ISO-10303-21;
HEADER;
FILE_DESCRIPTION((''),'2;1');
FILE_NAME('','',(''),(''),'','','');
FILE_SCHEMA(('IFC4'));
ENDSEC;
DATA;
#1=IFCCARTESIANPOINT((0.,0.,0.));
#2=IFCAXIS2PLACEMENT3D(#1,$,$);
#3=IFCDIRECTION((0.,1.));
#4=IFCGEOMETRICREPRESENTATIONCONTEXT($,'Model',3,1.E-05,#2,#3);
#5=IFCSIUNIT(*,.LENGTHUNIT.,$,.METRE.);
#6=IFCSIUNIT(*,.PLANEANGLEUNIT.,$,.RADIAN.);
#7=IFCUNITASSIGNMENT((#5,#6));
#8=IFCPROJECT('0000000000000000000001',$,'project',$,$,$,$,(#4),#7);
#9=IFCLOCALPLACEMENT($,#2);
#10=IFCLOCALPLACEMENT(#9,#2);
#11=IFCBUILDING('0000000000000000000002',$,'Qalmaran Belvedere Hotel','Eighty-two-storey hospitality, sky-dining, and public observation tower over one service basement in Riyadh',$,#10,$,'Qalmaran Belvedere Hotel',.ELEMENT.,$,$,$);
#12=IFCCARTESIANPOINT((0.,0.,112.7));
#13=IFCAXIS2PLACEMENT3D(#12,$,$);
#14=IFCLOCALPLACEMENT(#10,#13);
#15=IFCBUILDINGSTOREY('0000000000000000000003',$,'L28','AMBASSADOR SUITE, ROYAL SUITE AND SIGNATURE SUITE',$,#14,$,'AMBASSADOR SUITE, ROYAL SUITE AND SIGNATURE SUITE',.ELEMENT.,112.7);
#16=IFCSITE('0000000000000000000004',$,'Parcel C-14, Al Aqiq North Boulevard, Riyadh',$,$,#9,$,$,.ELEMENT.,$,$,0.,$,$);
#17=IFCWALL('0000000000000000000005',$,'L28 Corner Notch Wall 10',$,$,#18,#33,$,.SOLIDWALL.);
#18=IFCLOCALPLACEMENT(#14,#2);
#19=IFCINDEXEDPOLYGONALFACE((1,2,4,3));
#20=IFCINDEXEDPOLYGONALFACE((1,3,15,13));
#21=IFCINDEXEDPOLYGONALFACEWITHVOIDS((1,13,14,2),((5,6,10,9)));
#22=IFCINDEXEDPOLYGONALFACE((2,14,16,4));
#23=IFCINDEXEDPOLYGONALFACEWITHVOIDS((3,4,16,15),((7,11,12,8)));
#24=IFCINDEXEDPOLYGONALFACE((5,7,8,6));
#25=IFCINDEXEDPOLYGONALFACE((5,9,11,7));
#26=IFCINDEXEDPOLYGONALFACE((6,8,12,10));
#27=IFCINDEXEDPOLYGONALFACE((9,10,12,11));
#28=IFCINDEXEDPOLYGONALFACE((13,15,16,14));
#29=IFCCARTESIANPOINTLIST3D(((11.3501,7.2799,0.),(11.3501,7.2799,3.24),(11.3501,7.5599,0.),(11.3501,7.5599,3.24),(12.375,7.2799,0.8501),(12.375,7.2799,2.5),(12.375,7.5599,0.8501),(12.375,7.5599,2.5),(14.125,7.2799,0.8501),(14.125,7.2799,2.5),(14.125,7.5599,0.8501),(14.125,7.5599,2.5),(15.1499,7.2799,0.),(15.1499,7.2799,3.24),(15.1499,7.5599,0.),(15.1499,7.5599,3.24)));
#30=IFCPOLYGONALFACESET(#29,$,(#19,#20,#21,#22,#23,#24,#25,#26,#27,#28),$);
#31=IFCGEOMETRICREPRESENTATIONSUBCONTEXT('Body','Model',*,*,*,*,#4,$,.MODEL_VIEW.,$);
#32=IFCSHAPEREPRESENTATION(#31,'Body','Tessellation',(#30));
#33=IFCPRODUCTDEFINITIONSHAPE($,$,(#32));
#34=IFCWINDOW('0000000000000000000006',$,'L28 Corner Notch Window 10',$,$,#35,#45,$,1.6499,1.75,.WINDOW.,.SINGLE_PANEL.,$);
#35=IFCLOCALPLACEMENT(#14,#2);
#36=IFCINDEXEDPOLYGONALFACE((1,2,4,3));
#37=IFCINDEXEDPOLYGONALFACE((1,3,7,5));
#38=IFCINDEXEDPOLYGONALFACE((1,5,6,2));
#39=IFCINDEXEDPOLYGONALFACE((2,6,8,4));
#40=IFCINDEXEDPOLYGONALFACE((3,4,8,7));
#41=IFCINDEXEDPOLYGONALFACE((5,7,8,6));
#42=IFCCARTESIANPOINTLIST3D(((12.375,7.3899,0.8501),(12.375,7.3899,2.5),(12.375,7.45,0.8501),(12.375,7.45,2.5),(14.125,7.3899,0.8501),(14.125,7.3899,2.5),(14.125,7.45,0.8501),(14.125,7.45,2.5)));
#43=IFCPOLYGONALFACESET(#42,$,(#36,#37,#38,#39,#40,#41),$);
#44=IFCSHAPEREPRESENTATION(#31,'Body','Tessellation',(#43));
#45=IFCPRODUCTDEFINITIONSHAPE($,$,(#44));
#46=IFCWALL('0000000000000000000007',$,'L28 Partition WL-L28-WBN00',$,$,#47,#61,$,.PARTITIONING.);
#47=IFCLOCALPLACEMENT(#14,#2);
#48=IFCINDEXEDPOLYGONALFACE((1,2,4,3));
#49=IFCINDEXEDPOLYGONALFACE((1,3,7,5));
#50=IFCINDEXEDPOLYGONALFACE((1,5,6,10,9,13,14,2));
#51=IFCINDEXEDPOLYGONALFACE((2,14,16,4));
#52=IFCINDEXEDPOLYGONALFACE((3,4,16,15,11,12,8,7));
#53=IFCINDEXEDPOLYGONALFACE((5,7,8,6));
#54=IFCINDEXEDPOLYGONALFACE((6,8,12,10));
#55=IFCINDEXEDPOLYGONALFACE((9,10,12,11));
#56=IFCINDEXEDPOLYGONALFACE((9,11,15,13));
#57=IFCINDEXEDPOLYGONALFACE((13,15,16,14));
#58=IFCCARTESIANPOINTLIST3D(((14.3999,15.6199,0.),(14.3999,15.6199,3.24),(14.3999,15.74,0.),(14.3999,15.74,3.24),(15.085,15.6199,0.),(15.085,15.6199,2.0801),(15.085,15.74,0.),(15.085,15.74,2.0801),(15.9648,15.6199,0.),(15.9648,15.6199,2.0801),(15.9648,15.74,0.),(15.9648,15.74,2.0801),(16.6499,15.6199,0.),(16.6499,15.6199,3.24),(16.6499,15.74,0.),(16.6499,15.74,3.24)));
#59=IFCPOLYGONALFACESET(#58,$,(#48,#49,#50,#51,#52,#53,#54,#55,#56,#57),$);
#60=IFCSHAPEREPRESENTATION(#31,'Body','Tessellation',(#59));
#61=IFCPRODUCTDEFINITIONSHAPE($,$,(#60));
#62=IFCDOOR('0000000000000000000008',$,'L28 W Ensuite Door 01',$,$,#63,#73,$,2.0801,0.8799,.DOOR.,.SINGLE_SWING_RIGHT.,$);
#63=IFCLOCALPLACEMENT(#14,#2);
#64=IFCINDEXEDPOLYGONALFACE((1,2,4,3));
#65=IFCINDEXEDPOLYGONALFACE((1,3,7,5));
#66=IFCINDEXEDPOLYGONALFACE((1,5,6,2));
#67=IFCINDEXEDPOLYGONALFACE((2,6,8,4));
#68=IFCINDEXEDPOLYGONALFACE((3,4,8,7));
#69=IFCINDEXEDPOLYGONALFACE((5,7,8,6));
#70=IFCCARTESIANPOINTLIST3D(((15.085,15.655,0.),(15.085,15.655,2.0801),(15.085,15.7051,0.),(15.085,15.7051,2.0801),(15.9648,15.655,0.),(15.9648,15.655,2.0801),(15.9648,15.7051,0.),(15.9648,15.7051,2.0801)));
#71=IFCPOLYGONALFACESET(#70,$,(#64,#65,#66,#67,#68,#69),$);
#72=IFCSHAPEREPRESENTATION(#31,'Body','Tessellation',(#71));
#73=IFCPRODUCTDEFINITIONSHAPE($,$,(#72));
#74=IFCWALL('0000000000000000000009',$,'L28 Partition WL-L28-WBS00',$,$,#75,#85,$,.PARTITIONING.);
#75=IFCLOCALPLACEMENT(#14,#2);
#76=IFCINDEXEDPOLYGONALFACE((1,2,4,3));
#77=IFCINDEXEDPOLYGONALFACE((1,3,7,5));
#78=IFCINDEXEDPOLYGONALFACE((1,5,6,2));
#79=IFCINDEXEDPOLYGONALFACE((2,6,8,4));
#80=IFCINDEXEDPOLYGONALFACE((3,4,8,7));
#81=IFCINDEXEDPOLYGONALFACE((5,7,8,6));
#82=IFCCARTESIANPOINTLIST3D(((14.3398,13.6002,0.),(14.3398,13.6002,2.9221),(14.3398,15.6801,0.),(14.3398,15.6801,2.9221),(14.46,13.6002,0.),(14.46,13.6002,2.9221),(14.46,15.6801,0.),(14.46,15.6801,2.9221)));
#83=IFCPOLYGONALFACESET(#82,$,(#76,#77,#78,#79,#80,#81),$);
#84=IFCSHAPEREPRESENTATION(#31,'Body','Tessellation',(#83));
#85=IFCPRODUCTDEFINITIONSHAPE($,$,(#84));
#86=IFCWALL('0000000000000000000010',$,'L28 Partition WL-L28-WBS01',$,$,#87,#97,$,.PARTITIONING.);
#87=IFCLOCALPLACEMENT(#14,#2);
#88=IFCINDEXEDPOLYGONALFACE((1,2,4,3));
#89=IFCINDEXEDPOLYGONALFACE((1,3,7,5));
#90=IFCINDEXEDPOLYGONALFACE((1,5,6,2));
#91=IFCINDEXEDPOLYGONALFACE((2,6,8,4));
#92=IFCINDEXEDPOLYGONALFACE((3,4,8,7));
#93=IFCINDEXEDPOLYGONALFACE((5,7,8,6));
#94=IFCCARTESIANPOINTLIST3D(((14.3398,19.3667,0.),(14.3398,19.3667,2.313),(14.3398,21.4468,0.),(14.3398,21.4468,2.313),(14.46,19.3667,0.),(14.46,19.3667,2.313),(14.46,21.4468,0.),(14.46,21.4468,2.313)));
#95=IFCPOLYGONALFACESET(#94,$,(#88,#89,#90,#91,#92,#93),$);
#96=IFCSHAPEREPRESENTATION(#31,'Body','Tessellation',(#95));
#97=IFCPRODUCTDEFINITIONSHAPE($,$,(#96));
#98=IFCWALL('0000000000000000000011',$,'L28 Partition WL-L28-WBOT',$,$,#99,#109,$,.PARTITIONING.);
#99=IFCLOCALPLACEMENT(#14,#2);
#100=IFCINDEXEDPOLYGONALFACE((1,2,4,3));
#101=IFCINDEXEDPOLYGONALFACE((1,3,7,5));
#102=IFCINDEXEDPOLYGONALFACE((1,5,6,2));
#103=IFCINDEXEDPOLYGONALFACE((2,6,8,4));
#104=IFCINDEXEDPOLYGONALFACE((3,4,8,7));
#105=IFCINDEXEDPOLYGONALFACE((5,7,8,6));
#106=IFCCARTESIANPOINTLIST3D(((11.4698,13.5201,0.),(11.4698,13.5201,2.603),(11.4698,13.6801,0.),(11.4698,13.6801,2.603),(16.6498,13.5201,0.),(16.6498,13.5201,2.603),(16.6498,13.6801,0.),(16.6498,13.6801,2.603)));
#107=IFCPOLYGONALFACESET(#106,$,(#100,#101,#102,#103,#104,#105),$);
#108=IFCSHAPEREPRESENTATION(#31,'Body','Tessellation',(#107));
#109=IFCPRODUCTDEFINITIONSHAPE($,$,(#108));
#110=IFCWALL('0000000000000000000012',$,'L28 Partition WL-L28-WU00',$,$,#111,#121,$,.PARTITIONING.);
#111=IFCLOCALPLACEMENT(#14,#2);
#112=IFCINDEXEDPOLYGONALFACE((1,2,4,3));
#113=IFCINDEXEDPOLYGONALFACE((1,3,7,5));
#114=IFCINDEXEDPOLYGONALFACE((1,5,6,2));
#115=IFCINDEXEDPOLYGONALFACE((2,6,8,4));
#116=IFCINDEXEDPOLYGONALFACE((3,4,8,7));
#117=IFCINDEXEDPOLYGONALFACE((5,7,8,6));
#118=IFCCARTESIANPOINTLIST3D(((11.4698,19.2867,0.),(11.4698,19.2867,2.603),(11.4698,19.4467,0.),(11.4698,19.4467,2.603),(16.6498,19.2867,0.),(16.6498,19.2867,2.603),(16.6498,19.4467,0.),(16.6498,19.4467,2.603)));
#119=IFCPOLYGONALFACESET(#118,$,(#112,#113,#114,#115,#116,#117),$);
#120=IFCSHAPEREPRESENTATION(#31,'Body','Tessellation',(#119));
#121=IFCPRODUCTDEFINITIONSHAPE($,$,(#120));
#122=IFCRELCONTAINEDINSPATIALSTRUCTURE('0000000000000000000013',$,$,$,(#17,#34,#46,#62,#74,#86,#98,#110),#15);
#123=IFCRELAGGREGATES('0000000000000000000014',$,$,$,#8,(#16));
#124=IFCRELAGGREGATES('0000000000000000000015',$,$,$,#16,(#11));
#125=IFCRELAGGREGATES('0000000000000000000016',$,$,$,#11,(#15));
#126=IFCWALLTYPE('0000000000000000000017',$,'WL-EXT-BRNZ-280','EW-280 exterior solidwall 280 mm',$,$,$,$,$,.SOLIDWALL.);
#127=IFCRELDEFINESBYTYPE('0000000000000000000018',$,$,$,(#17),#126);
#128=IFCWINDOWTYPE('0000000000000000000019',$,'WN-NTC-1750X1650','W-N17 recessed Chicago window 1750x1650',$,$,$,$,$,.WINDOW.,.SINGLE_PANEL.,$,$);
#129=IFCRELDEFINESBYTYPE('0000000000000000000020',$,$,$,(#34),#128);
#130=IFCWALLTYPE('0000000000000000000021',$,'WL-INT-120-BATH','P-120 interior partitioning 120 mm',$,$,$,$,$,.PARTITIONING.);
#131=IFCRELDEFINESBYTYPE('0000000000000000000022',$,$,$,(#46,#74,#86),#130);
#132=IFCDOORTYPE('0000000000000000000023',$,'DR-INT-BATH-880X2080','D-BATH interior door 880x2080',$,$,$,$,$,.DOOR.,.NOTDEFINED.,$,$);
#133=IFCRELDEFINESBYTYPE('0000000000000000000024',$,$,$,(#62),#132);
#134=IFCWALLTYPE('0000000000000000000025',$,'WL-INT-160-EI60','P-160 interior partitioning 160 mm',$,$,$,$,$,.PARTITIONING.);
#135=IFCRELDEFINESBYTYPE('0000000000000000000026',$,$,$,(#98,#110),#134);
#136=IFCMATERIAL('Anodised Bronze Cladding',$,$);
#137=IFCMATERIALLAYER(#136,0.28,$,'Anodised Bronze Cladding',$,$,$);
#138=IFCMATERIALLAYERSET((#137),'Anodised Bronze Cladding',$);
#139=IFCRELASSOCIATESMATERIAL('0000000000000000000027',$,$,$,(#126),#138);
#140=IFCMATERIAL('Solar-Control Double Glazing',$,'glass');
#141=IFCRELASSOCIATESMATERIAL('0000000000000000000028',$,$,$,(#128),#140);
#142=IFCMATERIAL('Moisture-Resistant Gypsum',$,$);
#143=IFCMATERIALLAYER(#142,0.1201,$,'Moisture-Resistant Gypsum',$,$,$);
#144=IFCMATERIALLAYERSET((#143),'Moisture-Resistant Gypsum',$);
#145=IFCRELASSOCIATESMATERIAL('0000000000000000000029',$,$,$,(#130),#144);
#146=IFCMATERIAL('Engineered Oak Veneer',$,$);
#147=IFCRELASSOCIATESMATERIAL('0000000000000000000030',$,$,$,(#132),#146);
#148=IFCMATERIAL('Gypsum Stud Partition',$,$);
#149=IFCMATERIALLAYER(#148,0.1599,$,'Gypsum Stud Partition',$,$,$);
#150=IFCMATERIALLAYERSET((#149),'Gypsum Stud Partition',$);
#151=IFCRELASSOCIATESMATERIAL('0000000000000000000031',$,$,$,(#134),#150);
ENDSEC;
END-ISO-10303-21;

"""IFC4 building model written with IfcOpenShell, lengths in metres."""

from ifc_helpers import new_model, si_unit, direction, frame, frame_2d, origin, place, context, subcontext, project, spatial, rectangle, extrude, material, layer, layer_set, type_object, element, fill, save


model = new_model("IFC4")

# Units and contexts
model_context = context("Model", 3, precision=1e-05, world=origin(), true_north=direction((0.0, 1.0)))
body_context = subcontext(model_context, "Body", "Model", "MODEL_VIEW")
ifc_project = project(units=[si_unit("LENGTHUNIT", "METRE"), si_unit("PLANEANGLEUNIT", "RADIAN")], contexts=[model_context])

# Site, building, storey
site_placement = place(None, origin())
site = spatial("IfcSite", under=ifc_project, at=site_placement, Name="Parcel C-14, Al Aqiq North Boulevard, Riyadh", CompositionType="ELEMENT", RefElevation=0.0)
building_placement = place(site_placement, origin())
building = spatial("IfcBuilding", under=site, at=building_placement, Name="Qalmaran Belvedere Hotel", Description="Eighty-two-storey hospitality, sky-dining, and public observation tower over one service basement in Riyadh", LongName="Qalmaran Belvedere Hotel", CompositionType="ELEMENT")
storey_placement = place(building_placement, frame((0.0, 0.0, 112.7)))
storey = spatial("IfcBuildingStorey", under=building, at=storey_placement, Name="L28", Description="AMBASSADOR SUITE, ROYAL SUITE AND SIGNATURE SUITE", LongName="AMBASSADOR SUITE, ROYAL SUITE AND SIGNATURE SUITE", CompositionType="ELEMENT", Elevation=112.7)

# Shared definitions
ifc_material_1 = material(Name="Solar-Control Double Glazing", Category="glass")

# Wall, opening, window
ifc_material_2 = material(Name="Anodised Bronze Cladding")
ifc_layer_1 = layer(ifc_material_2, 0.28, Name="Anodised Bronze Cladding")
ifc_layer_set_1 = layer_set([ifc_layer_1], Name="Anodised Bronze Cladding")
wall_type_1 = type_object("IfcWallType", Name="WL-EXT-BRNZ-280", Description="EW-280 exterior solidwall 280 mm", PredefinedType="SOLIDWALL", material=ifc_layer_set_1)
wall_1_placement = place(storey_placement, frame((11.3501, 7.4199, 0.0), z_axis=(0.0, 0.0, 1.0), x_axis=(1.0, 0.0, 0.0)))
wall_1 = element("IfcWall", 1, at=wall_1_placement, inside=storey, type_object=wall_type_1, Name="L28 Corner Notch Wall 10", PredefinedType="SOLIDWALL", context=body_context, shape_type="SweptSolid", body=[
    extrude(rectangle(XDim=3.7998, YDim=0.28, at=frame_2d((1.8999, 0.0))), origin(), (0.0, 0.0, 1.0), 3.24),
])
opening_1_placement = place(wall_1_placement, frame((1.0249, 0.0, 0.8501)))
opening_1 = element("IfcOpeningElement", 2, at=opening_1_placement, cuts=wall_1, PredefinedType="OPENING", context=body_context, shape_type="SweptSolid", body=[
    extrude(rectangle(XDim=1.75, YDim=1.6499, at=frame_2d((0.875, 0.825))), frame((0.0, 0.1499, 0.0), z_axis=(0.0, -1.0, 0.0), x_axis=(1.0, 0.0, 0.0)), (0.0, 0.0, 1.0), 0.3),
])
window_type = type_object("IfcWindowType", Name="WN-NTC-1750X1650", Description="W-N17 recessed Chicago window 1750x1650", PartitioningType="SINGLE_PANEL", PredefinedType="WINDOW", material=ifc_material_1)
window_placement = place(opening_1_placement, origin())
window = element("IfcWindow", 3, at=window_placement, inside=storey, type_object=window_type, Name="L28 Corner Notch Window 10", OverallHeight=1.6499, OverallWidth=1.75, PartitioningType="SINGLE_PANEL", PredefinedType="WINDOW", context=body_context, shape_type="SweptSolid", body=[
    extrude(rectangle(XDim=1.75, YDim=1.6499, at=frame_2d((0.875, 0.825))), frame((0.0, 0.03, 0.0), z_axis=(0.0, -1.0, 0.0), x_axis=(1.0, 0.0, 0.0)), (0.0, 0.0, 1.0), 0.0601),
])
fill(opening_1, window)

# Wall, opening, door
ifc_material_3 = material(Name="Moisture-Resistant Gypsum")
ifc_layer_2 = layer(ifc_material_3, 0.1201, Name="Moisture-Resistant Gypsum")
ifc_layer_set_2 = layer_set([ifc_layer_2], Name="Moisture-Resistant Gypsum")
wall_type_2 = type_object("IfcWallType", Name="WL-INT-120-BATH", Description="P-120 interior partitioning 120 mm", PredefinedType="PARTITIONING", material=ifc_layer_set_2)
wall_2_placement = place(storey_placement, frame((14.3999, 15.6799, 0.0), z_axis=(0.0, 0.0, 1.0), x_axis=(1.0, 0.0, 0.0)))
wall_2 = element("IfcWall", 4, at=wall_2_placement, inside=storey, type_object=wall_type_2, Name="L28 Partition WL-L28-WBN00", PredefinedType="PARTITIONING", context=body_context, shape_type="SweptSolid", body=[
    extrude(rectangle(XDim=2.25, YDim=0.1201, at=frame_2d((1.125, 0.0))), origin(), (0.0, 0.0, 1.0), 3.24),
])
opening_2_placement = place(wall_2_placement, frame((1.5649, 0.0, 0.0), z_axis=(0.0, 0.0, 1.0), x_axis=(-1.0, 0.0, 0.0)))
opening_2 = element("IfcOpeningElement", 5, at=opening_2_placement, cuts=wall_2, PredefinedType="OPENING", context=body_context, shape_type="SweptSolid", body=[
    extrude(rectangle(XDim=0.8799, YDim=2.0801, at=frame_2d((0.4399, 1.04))), frame((0.0, 0.0701, 0.0), z_axis=(0.0, -1.0, 0.0), x_axis=(1.0, 0.0, 0.0)), (0.0, 0.0, 1.0), 0.1401),
])
ifc_material_4 = material(Name="Engineered Oak Veneer")
door_type = type_object("IfcDoorType", Name="DR-INT-BATH-880X2080", Description="D-BATH interior door 880x2080", OperationType="NOTDEFINED", PredefinedType="DOOR", material=ifc_material_4)
door_placement = place(opening_2_placement, origin())
door = element("IfcDoor", 6, at=door_placement, inside=storey, type_object=door_type, Name="L28 W Ensuite Door 01", OperationType="SINGLE_SWING_RIGHT", OverallHeight=2.0801, OverallWidth=0.8799, PredefinedType="DOOR", context=body_context, shape_type="SweptSolid", body=[
    extrude(rectangle(XDim=0.8799, YDim=2.0801, at=frame_2d((0.4399, 1.04))), frame((0.0, 0.0249, 0.0), z_axis=(0.0, -1.0, 0.0), x_axis=(1.0, 0.0, 0.0)), (0.0, 0.0, 1.0), 0.05),
])
fill(opening_2, door)

# Walls
wall_3_placement = place(storey_placement, frame((14.3999, 13.6001, 0.0), z_axis=(0.0, 0.0, 1.0), x_axis=(0.0, 1.0, 0.0)))
element("IfcWall", 7, at=wall_3_placement, inside=storey, type_object=wall_type_2, Name="L28 Partition WL-L28-WBS00", PredefinedType="PARTITIONING", context=body_context, shape_type="SweptSolid", body=[
    extrude(rectangle(XDim=2.0798, YDim=0.1201, at=frame_2d((1.04, 0.0))), origin(), (0.0, 0.0, 1.0), 2.9221),
])
wall_4_placement = place(storey_placement, frame((14.3999, 19.3667, 0.0), z_axis=(0.0, 0.0, 1.0), x_axis=(0.0, 1.0, 0.0)))
element("IfcWall", 8, at=wall_4_placement, inside=storey, type_object=wall_type_2, Name="L28 Partition WL-L28-WBS01", PredefinedType="PARTITIONING", context=body_context, shape_type="SweptSolid", body=[
    extrude(rectangle(XDim=2.0801, YDim=0.1201, at=frame_2d((1.04, 0.0))), origin(), (0.0, 0.0, 1.0), 2.313),
])
ifc_material_5 = material(Name="Gypsum Stud Partition")
ifc_layer_3 = layer(ifc_material_5, 0.1599, Name="Gypsum Stud Partition")
ifc_layer_set_3 = layer_set([ifc_layer_3], Name="Gypsum Stud Partition")
wall_type_3 = type_object("IfcWallType", Name="WL-INT-160-EI60", Description="P-160 interior partitioning 160 mm", PredefinedType="PARTITIONING", material=ifc_layer_set_3)
for number, where, z_axis, x_axis, name in (
    (9, (11.47, 13.6001, 0.0), (0.0, 0.0, 1.0), (1.0, 0.0, 0.0), "L28 Partition WL-L28-WBOT"),
    (10, (11.47, 19.3667, 0.0), (0.0, 0.0, 1.0), (1.0, 0.0, 0.0), "L28 Partition WL-L28-WU00"),
):
    element("IfcWall", number, at=place(storey_placement, frame(where, z_axis=z_axis, x_axis=x_axis)), inside=storey, type_object=wall_type_3, Name=name, PredefinedType="PARTITIONING", context=body_context, shape_type="SweptSolid", body=[
        extrude(rectangle(XDim=5.1799, YDim=0.1599, at=frame_2d((2.5898, 0.0))), origin(), (0.0, 0.0, 1.0), 2.603),
    ])

save(model, "model.ifc")
